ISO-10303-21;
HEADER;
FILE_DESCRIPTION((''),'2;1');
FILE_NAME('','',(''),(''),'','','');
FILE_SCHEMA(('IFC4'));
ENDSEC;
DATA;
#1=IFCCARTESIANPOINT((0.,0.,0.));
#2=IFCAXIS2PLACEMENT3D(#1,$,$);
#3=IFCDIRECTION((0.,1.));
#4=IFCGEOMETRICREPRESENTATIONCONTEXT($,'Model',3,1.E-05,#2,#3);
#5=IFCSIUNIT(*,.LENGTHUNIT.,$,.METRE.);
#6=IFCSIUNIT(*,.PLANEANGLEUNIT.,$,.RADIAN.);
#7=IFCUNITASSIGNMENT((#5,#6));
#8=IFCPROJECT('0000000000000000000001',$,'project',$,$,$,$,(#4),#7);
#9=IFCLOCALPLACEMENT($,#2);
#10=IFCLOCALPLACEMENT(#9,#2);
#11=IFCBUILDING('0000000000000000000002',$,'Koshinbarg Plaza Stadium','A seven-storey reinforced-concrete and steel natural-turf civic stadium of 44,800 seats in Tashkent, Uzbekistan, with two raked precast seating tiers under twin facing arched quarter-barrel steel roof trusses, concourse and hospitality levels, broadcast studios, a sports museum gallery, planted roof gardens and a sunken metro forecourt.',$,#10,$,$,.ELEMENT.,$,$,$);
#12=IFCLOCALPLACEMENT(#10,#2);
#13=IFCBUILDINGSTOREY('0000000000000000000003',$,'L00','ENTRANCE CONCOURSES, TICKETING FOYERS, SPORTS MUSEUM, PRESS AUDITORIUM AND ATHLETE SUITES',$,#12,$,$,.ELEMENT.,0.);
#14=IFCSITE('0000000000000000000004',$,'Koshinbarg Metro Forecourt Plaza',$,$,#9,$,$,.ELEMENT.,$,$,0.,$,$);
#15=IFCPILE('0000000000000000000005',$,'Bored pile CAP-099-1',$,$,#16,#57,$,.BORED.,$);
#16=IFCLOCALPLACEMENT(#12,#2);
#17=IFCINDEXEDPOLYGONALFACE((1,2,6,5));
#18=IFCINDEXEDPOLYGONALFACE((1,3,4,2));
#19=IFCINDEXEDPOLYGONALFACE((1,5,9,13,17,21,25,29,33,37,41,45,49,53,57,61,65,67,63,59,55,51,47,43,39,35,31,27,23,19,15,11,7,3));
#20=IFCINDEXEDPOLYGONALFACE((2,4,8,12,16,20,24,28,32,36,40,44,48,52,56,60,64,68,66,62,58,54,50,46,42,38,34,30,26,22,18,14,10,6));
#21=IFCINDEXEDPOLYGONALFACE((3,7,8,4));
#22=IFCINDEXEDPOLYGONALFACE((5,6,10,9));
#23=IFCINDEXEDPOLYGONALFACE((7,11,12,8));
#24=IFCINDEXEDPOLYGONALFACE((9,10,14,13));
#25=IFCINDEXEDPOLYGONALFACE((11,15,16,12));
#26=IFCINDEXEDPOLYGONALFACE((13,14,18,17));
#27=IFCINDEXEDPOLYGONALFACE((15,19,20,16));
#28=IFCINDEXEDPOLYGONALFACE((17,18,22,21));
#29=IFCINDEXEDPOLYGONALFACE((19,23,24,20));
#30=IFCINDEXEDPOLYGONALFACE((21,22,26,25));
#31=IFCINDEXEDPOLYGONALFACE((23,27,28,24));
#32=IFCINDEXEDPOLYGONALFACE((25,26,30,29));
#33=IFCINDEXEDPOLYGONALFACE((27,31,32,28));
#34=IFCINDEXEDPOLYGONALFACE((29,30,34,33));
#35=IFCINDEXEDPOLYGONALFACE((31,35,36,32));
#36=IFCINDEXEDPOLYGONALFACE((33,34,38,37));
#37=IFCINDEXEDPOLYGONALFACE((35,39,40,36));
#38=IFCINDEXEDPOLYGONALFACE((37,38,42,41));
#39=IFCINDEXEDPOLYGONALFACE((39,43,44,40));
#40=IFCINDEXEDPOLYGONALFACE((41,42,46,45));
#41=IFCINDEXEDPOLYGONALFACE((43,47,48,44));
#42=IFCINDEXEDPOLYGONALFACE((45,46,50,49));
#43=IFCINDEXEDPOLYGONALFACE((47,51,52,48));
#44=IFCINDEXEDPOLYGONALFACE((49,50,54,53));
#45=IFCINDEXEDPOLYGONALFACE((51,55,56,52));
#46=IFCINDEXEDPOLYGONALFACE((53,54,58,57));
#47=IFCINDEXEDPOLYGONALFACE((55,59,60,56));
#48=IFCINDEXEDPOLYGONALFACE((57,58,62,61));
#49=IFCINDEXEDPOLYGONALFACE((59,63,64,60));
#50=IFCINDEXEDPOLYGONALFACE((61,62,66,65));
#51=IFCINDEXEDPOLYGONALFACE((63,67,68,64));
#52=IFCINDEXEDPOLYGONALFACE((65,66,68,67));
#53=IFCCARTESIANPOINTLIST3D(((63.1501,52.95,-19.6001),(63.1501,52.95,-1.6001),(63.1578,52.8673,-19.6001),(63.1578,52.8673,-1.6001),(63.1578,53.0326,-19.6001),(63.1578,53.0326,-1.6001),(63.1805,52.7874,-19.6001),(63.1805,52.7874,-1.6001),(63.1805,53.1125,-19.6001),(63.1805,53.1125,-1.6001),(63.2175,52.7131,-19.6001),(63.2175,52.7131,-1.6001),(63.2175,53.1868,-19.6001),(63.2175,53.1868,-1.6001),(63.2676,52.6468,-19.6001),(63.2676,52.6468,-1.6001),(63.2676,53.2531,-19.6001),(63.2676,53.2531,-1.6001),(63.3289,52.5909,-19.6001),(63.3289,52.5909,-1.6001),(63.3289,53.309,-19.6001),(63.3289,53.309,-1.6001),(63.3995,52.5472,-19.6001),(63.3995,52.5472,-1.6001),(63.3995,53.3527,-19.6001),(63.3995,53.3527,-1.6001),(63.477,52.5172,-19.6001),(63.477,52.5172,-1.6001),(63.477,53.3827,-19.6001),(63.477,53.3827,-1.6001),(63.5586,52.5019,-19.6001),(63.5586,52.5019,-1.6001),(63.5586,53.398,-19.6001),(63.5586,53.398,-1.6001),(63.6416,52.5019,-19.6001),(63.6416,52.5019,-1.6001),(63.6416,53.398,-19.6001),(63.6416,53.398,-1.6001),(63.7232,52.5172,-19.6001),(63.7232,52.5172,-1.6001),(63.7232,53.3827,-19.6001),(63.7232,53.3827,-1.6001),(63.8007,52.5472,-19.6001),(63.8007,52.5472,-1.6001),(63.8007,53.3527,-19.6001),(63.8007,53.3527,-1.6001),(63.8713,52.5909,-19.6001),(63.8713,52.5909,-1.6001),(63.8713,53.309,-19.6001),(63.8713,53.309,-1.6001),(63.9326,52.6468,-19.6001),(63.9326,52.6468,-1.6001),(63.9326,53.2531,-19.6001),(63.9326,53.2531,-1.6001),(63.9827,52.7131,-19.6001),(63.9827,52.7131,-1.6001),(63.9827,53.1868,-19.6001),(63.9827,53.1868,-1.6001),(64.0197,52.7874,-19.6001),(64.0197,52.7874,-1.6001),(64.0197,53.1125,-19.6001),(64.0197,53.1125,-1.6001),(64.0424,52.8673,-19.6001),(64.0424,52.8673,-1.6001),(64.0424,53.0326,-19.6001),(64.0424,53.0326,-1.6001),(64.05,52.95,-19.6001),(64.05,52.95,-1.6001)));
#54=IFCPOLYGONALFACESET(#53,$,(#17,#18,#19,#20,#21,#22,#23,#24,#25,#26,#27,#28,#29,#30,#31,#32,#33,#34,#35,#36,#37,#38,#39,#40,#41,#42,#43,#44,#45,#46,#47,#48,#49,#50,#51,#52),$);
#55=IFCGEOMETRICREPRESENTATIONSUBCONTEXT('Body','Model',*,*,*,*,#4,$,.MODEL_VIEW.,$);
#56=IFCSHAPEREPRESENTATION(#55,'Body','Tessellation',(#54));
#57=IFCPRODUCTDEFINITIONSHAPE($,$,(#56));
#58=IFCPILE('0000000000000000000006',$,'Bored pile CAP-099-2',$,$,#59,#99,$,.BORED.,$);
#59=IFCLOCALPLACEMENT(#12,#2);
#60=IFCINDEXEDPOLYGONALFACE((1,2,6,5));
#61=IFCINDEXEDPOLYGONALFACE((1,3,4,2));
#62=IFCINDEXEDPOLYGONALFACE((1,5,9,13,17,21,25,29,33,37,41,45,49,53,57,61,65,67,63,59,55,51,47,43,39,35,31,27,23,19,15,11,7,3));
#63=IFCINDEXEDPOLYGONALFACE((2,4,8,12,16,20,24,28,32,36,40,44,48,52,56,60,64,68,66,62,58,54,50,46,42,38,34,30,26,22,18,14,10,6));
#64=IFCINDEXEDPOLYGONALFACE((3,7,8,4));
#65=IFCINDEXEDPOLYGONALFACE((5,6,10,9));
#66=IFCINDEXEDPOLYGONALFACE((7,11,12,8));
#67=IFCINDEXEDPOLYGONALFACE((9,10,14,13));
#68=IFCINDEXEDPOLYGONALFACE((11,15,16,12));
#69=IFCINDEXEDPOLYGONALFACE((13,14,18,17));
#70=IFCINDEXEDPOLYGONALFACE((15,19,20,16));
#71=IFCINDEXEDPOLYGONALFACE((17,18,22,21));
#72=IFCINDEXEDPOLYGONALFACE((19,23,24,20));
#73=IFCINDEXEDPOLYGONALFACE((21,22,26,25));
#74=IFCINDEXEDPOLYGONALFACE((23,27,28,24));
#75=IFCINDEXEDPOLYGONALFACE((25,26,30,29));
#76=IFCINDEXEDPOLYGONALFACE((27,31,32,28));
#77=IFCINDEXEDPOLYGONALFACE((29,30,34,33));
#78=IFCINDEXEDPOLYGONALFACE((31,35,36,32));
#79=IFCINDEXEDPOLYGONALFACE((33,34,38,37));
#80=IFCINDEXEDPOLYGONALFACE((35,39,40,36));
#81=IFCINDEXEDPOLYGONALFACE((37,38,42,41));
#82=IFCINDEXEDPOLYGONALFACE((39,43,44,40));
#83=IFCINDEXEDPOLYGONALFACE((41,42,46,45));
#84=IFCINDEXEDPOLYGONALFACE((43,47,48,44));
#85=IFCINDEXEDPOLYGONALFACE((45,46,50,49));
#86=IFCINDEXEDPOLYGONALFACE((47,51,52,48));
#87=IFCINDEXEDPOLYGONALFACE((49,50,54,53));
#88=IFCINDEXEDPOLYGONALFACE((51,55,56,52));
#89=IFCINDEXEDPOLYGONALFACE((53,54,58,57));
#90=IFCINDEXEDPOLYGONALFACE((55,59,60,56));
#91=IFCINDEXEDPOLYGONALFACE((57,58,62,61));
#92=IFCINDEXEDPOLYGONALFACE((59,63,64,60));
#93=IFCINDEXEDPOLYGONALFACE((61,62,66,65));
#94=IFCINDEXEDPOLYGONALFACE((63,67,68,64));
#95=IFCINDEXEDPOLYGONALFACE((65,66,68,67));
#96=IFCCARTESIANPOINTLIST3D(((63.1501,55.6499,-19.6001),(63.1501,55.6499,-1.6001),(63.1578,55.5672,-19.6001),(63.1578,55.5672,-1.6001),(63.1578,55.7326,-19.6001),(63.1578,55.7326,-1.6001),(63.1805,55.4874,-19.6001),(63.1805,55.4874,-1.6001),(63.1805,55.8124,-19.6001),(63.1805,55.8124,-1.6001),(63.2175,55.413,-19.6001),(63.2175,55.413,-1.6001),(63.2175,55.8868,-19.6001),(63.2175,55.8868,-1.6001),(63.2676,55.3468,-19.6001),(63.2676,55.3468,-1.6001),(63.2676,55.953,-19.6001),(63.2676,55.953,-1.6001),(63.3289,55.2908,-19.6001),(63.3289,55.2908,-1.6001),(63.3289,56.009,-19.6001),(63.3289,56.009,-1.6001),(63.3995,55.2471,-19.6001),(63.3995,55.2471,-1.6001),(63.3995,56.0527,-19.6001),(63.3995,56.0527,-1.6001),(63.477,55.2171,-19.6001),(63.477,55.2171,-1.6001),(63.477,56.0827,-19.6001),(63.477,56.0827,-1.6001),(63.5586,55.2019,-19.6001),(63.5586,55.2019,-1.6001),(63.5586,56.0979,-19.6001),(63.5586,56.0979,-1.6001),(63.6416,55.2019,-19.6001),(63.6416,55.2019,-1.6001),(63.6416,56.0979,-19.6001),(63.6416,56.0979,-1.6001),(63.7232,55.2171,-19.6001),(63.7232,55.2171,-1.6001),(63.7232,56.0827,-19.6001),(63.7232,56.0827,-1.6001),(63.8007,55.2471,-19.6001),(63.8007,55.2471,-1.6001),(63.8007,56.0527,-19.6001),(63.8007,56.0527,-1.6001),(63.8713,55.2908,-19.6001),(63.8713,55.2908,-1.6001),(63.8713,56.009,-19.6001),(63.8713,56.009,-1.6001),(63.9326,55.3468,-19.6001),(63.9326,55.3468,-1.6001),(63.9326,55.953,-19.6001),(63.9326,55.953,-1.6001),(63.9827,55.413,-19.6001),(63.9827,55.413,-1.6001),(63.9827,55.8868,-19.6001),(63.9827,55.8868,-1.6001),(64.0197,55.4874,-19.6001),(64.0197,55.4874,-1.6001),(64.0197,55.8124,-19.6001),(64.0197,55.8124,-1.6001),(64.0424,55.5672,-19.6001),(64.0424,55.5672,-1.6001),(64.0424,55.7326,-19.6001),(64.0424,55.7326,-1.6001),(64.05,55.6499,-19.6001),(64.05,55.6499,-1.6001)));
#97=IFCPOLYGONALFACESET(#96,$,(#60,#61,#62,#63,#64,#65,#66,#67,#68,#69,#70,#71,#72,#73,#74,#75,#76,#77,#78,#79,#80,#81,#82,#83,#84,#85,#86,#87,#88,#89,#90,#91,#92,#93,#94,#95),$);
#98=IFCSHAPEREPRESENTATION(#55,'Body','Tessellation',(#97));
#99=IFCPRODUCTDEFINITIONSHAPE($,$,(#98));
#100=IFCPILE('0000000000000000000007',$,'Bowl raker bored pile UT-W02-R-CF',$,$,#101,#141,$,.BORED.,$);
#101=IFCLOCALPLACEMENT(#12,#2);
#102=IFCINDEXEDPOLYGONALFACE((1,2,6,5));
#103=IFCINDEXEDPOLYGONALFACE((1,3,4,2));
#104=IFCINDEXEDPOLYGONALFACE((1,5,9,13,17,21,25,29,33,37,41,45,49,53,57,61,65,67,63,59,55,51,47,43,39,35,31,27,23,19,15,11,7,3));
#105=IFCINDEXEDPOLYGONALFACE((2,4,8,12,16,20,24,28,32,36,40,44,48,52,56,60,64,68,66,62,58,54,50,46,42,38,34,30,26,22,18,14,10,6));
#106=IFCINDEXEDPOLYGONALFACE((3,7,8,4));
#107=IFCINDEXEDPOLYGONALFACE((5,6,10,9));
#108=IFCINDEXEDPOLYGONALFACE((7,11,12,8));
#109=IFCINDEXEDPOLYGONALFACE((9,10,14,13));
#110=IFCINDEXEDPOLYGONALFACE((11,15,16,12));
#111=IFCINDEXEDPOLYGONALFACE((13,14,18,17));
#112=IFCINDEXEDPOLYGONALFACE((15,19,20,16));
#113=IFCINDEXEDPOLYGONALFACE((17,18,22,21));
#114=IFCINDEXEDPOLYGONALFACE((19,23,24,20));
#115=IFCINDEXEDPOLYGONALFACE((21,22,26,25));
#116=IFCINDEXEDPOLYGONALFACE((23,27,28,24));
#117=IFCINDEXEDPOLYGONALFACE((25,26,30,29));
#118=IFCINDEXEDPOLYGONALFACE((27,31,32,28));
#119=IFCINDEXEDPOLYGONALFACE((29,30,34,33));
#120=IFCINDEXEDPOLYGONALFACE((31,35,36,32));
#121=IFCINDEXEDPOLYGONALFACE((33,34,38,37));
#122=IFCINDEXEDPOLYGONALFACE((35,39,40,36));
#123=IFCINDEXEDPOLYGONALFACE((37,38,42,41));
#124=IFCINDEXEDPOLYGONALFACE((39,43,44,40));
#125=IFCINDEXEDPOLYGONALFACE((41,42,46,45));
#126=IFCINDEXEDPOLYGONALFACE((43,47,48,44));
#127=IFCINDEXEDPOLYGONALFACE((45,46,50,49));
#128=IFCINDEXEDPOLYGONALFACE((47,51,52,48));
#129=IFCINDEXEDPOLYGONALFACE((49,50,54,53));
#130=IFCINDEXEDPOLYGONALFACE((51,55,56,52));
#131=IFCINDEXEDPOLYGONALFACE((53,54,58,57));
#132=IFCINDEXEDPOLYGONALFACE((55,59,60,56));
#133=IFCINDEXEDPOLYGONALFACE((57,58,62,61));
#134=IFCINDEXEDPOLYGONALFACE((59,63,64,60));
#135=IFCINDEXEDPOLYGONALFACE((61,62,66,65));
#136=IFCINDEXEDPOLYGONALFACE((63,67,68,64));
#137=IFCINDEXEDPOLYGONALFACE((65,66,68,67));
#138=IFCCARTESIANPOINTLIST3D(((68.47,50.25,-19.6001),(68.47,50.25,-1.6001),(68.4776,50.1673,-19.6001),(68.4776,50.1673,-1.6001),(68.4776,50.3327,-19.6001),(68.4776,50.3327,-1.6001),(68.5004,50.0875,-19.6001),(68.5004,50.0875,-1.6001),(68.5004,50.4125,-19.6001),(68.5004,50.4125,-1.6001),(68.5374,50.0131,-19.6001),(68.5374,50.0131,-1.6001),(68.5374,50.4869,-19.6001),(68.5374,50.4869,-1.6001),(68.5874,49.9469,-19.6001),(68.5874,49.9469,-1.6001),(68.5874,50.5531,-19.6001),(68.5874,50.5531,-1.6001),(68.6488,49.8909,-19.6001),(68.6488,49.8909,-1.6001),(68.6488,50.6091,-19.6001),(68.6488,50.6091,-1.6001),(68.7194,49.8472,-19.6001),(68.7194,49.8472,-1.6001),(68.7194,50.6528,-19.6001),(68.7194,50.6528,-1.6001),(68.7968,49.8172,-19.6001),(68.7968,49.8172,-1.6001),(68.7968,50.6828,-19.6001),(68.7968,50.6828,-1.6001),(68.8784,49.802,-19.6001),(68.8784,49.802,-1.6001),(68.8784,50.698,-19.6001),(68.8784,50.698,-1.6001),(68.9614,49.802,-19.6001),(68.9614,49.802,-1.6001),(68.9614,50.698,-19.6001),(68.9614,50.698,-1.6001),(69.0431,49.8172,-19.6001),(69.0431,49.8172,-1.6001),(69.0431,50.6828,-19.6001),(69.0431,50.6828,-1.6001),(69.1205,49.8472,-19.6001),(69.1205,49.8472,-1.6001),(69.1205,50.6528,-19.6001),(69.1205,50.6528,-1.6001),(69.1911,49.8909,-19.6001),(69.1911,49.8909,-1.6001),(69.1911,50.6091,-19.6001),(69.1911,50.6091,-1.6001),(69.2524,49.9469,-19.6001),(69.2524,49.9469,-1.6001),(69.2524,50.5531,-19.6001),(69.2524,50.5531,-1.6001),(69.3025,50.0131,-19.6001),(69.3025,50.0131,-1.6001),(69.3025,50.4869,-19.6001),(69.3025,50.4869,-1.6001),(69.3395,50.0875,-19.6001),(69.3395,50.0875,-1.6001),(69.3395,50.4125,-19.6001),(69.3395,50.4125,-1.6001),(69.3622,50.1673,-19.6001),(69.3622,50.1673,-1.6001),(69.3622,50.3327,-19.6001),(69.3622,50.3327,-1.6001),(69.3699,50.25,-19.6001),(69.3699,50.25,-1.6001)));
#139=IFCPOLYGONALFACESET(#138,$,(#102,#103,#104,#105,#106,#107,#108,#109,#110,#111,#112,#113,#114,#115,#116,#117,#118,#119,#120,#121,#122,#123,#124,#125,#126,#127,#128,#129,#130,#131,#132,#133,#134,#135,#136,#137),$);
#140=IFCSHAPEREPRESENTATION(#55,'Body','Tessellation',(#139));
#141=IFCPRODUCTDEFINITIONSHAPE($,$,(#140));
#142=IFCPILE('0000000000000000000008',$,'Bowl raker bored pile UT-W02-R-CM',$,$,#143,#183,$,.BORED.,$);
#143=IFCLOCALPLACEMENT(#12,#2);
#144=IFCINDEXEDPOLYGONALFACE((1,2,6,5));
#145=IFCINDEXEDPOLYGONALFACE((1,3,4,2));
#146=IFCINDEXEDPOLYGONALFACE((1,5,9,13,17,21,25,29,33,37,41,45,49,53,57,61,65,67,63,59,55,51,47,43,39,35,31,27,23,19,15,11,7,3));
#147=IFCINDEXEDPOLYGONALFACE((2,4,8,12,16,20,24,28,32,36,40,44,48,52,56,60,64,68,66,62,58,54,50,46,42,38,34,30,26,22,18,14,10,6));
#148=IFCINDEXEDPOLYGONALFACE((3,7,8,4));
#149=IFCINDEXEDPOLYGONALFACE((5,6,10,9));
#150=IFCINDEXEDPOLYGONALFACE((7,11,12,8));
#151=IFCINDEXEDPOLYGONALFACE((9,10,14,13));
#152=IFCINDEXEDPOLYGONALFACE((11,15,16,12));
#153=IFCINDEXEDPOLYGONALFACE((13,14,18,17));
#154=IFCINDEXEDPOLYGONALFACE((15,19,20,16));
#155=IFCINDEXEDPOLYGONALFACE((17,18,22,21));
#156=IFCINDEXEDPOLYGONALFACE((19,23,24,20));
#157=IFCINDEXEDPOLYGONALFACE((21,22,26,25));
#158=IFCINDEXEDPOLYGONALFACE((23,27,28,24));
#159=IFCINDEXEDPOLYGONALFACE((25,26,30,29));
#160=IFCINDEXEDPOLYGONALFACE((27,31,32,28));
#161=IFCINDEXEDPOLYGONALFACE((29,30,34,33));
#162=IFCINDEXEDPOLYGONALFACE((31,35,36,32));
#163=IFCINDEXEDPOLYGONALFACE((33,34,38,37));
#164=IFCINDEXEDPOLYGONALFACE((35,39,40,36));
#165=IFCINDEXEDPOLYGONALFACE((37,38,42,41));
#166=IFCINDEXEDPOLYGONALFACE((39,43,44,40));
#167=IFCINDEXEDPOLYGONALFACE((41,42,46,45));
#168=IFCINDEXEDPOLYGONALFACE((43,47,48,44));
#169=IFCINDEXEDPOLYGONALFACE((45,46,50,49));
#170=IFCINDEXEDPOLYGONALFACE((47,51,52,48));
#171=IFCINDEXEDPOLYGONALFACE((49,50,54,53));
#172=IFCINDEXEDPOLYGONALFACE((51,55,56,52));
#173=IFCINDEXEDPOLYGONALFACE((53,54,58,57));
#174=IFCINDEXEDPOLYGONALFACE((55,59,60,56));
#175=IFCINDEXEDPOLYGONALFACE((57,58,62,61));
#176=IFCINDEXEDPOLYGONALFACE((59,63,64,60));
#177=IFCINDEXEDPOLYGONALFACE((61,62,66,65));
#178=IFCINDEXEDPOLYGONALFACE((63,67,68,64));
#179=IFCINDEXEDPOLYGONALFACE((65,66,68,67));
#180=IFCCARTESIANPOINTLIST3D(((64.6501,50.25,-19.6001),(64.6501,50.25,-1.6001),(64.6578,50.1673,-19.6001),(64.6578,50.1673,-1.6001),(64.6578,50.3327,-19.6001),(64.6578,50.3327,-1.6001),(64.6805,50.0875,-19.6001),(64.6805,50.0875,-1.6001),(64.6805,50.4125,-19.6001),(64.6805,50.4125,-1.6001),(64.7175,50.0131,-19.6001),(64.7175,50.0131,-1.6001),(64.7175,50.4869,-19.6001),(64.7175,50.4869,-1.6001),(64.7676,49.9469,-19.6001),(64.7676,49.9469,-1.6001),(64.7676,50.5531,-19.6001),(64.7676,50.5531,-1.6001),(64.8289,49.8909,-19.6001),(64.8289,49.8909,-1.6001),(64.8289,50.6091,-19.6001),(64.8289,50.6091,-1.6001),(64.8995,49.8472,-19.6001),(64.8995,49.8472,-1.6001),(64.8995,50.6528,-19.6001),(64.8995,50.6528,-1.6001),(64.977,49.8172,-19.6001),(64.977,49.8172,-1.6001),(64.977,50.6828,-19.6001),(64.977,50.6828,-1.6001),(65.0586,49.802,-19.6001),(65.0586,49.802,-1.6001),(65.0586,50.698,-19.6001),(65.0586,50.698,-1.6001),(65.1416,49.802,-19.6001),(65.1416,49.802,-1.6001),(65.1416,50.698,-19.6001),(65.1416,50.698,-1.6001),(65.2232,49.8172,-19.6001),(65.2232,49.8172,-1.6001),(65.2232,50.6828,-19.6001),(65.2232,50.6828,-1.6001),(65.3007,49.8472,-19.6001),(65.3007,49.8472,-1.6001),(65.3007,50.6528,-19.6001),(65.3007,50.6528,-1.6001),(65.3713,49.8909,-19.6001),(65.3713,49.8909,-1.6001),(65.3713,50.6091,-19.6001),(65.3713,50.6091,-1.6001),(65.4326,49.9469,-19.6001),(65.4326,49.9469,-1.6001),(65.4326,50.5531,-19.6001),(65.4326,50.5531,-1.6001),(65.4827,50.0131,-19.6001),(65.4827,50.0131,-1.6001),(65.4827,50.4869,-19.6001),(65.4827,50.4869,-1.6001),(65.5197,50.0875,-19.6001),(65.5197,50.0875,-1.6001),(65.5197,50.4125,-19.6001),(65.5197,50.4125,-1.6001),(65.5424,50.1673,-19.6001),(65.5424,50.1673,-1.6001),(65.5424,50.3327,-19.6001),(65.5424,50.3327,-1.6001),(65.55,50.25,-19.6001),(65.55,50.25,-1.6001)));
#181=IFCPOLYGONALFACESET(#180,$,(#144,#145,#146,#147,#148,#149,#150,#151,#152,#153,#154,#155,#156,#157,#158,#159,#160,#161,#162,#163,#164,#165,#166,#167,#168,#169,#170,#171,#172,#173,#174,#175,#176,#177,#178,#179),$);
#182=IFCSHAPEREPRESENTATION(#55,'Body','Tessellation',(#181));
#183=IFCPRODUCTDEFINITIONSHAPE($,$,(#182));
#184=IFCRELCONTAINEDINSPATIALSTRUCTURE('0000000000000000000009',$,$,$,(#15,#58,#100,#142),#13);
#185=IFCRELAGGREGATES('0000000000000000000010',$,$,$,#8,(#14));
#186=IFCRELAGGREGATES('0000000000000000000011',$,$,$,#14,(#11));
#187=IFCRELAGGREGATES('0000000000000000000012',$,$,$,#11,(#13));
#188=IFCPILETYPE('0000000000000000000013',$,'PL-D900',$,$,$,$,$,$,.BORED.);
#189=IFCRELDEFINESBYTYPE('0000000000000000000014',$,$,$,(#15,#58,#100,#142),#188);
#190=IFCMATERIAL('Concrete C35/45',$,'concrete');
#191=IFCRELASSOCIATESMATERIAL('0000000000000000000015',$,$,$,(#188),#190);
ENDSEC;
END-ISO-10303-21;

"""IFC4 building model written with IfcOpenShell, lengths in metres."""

from ifc_helpers import new_model, si_unit, direction, frame, origin, origin_2d, place, context, subcontext, project, spatial, circle, extrude, material, material_profile, profile_set, type_object, element, save


model = new_model("IFC4")

# Units and contexts
model_context = context("Model", 3, precision=1e-05, world=origin(), true_north=direction((0.0, 1.0)))
body_context = subcontext(model_context, "Body", "Model", "MODEL_VIEW")
ifc_project = project(units=[si_unit("LENGTHUNIT", "METRE"), si_unit("PLANEANGLEUNIT", "RADIAN")], contexts=[model_context])

# Site, building, storey
site_placement = place(None, origin())
site = spatial("IfcSite", under=ifc_project, at=site_placement, Name="Koshinbarg Metro Forecourt Plaza", CompositionType="ELEMENT", RefElevation=0.0)
building_placement = place(site_placement, origin())
building = spatial("IfcBuilding", under=site, at=building_placement, Name="Koshinbarg Plaza Stadium", Description="A seven-storey reinforced-concrete and steel natural-turf civic stadium of 44,800 seats in Tashkent, Uzbekistan, with two raked precast seating tiers under twin facing arched quarter-barrel steel roof trusses, concourse and hospitality levels, broadcast studios, a sports museum gallery, planted roof gardens and a sunken metro forecourt.", CompositionType="ELEMENT")
storey_placement = place(building_placement, origin())
storey = spatial("IfcBuildingStorey", under=building, at=storey_placement, Name="L00", Description="ENTRANCE CONCOURSES, TICKETING FOYERS, SPORTS MUSEUM, PRESS AUDITORIUM AND ATHLETE SUITES", CompositionType="ELEMENT", Elevation=0.0)

# Shared definitions
ifc_material_1 = material(Name="Concrete C35/45", Category="concrete")

# Piles
ifc_material_profile_1 = material_profile(ifc_material_1, circle(Radius=0.45, at=origin_2d()), Name="PILE D900")
ifc_profile_set_1 = profile_set([ifc_material_profile_1], Name="Concrete C35/45")
pile_type_1 = type_object("IfcPileType", Name="PL-D900", PredefinedType="BORED", material=ifc_profile_set_1)
for number, where, z_axis, x_axis, name in (
    (1, (63.6001, 52.95, -1.6001), (0.0, 0.0, -1.0), (1.0, 0.0, 0.0), "Bored pile CAP-099-1"),
    (2, (63.6001, 55.6499, -1.6001), (0.0, 0.0, -1.0), (1.0, 0.0, 0.0), "Bored pile CAP-099-2"),
    (3, (68.9199, 50.25, -1.6001), (0.0, 0.0, -1.0), (1.0, 0.0, 0.0), "Bowl raker bored pile UT-W02-R-CF"),
    (4, (65.1001, 50.25, -1.6001), (0.0, 0.0, -1.0), (1.0, 0.0, 0.0), "Bowl raker bored pile UT-W02-R-CM"),
):
    element("IfcPile", number, at=place(storey_placement, frame(where, z_axis=z_axis, x_axis=x_axis)), inside=storey, type_object=pile_type_1, Name=name, PredefinedType="BORED", context=body_context, shape_type="SweptSolid", body=[
        extrude(circle(Radius=0.45, at=origin_2d()), origin(), (0.0, 0.0, 1.0), 18.0),
    ])

save(model, "model.ifc")
